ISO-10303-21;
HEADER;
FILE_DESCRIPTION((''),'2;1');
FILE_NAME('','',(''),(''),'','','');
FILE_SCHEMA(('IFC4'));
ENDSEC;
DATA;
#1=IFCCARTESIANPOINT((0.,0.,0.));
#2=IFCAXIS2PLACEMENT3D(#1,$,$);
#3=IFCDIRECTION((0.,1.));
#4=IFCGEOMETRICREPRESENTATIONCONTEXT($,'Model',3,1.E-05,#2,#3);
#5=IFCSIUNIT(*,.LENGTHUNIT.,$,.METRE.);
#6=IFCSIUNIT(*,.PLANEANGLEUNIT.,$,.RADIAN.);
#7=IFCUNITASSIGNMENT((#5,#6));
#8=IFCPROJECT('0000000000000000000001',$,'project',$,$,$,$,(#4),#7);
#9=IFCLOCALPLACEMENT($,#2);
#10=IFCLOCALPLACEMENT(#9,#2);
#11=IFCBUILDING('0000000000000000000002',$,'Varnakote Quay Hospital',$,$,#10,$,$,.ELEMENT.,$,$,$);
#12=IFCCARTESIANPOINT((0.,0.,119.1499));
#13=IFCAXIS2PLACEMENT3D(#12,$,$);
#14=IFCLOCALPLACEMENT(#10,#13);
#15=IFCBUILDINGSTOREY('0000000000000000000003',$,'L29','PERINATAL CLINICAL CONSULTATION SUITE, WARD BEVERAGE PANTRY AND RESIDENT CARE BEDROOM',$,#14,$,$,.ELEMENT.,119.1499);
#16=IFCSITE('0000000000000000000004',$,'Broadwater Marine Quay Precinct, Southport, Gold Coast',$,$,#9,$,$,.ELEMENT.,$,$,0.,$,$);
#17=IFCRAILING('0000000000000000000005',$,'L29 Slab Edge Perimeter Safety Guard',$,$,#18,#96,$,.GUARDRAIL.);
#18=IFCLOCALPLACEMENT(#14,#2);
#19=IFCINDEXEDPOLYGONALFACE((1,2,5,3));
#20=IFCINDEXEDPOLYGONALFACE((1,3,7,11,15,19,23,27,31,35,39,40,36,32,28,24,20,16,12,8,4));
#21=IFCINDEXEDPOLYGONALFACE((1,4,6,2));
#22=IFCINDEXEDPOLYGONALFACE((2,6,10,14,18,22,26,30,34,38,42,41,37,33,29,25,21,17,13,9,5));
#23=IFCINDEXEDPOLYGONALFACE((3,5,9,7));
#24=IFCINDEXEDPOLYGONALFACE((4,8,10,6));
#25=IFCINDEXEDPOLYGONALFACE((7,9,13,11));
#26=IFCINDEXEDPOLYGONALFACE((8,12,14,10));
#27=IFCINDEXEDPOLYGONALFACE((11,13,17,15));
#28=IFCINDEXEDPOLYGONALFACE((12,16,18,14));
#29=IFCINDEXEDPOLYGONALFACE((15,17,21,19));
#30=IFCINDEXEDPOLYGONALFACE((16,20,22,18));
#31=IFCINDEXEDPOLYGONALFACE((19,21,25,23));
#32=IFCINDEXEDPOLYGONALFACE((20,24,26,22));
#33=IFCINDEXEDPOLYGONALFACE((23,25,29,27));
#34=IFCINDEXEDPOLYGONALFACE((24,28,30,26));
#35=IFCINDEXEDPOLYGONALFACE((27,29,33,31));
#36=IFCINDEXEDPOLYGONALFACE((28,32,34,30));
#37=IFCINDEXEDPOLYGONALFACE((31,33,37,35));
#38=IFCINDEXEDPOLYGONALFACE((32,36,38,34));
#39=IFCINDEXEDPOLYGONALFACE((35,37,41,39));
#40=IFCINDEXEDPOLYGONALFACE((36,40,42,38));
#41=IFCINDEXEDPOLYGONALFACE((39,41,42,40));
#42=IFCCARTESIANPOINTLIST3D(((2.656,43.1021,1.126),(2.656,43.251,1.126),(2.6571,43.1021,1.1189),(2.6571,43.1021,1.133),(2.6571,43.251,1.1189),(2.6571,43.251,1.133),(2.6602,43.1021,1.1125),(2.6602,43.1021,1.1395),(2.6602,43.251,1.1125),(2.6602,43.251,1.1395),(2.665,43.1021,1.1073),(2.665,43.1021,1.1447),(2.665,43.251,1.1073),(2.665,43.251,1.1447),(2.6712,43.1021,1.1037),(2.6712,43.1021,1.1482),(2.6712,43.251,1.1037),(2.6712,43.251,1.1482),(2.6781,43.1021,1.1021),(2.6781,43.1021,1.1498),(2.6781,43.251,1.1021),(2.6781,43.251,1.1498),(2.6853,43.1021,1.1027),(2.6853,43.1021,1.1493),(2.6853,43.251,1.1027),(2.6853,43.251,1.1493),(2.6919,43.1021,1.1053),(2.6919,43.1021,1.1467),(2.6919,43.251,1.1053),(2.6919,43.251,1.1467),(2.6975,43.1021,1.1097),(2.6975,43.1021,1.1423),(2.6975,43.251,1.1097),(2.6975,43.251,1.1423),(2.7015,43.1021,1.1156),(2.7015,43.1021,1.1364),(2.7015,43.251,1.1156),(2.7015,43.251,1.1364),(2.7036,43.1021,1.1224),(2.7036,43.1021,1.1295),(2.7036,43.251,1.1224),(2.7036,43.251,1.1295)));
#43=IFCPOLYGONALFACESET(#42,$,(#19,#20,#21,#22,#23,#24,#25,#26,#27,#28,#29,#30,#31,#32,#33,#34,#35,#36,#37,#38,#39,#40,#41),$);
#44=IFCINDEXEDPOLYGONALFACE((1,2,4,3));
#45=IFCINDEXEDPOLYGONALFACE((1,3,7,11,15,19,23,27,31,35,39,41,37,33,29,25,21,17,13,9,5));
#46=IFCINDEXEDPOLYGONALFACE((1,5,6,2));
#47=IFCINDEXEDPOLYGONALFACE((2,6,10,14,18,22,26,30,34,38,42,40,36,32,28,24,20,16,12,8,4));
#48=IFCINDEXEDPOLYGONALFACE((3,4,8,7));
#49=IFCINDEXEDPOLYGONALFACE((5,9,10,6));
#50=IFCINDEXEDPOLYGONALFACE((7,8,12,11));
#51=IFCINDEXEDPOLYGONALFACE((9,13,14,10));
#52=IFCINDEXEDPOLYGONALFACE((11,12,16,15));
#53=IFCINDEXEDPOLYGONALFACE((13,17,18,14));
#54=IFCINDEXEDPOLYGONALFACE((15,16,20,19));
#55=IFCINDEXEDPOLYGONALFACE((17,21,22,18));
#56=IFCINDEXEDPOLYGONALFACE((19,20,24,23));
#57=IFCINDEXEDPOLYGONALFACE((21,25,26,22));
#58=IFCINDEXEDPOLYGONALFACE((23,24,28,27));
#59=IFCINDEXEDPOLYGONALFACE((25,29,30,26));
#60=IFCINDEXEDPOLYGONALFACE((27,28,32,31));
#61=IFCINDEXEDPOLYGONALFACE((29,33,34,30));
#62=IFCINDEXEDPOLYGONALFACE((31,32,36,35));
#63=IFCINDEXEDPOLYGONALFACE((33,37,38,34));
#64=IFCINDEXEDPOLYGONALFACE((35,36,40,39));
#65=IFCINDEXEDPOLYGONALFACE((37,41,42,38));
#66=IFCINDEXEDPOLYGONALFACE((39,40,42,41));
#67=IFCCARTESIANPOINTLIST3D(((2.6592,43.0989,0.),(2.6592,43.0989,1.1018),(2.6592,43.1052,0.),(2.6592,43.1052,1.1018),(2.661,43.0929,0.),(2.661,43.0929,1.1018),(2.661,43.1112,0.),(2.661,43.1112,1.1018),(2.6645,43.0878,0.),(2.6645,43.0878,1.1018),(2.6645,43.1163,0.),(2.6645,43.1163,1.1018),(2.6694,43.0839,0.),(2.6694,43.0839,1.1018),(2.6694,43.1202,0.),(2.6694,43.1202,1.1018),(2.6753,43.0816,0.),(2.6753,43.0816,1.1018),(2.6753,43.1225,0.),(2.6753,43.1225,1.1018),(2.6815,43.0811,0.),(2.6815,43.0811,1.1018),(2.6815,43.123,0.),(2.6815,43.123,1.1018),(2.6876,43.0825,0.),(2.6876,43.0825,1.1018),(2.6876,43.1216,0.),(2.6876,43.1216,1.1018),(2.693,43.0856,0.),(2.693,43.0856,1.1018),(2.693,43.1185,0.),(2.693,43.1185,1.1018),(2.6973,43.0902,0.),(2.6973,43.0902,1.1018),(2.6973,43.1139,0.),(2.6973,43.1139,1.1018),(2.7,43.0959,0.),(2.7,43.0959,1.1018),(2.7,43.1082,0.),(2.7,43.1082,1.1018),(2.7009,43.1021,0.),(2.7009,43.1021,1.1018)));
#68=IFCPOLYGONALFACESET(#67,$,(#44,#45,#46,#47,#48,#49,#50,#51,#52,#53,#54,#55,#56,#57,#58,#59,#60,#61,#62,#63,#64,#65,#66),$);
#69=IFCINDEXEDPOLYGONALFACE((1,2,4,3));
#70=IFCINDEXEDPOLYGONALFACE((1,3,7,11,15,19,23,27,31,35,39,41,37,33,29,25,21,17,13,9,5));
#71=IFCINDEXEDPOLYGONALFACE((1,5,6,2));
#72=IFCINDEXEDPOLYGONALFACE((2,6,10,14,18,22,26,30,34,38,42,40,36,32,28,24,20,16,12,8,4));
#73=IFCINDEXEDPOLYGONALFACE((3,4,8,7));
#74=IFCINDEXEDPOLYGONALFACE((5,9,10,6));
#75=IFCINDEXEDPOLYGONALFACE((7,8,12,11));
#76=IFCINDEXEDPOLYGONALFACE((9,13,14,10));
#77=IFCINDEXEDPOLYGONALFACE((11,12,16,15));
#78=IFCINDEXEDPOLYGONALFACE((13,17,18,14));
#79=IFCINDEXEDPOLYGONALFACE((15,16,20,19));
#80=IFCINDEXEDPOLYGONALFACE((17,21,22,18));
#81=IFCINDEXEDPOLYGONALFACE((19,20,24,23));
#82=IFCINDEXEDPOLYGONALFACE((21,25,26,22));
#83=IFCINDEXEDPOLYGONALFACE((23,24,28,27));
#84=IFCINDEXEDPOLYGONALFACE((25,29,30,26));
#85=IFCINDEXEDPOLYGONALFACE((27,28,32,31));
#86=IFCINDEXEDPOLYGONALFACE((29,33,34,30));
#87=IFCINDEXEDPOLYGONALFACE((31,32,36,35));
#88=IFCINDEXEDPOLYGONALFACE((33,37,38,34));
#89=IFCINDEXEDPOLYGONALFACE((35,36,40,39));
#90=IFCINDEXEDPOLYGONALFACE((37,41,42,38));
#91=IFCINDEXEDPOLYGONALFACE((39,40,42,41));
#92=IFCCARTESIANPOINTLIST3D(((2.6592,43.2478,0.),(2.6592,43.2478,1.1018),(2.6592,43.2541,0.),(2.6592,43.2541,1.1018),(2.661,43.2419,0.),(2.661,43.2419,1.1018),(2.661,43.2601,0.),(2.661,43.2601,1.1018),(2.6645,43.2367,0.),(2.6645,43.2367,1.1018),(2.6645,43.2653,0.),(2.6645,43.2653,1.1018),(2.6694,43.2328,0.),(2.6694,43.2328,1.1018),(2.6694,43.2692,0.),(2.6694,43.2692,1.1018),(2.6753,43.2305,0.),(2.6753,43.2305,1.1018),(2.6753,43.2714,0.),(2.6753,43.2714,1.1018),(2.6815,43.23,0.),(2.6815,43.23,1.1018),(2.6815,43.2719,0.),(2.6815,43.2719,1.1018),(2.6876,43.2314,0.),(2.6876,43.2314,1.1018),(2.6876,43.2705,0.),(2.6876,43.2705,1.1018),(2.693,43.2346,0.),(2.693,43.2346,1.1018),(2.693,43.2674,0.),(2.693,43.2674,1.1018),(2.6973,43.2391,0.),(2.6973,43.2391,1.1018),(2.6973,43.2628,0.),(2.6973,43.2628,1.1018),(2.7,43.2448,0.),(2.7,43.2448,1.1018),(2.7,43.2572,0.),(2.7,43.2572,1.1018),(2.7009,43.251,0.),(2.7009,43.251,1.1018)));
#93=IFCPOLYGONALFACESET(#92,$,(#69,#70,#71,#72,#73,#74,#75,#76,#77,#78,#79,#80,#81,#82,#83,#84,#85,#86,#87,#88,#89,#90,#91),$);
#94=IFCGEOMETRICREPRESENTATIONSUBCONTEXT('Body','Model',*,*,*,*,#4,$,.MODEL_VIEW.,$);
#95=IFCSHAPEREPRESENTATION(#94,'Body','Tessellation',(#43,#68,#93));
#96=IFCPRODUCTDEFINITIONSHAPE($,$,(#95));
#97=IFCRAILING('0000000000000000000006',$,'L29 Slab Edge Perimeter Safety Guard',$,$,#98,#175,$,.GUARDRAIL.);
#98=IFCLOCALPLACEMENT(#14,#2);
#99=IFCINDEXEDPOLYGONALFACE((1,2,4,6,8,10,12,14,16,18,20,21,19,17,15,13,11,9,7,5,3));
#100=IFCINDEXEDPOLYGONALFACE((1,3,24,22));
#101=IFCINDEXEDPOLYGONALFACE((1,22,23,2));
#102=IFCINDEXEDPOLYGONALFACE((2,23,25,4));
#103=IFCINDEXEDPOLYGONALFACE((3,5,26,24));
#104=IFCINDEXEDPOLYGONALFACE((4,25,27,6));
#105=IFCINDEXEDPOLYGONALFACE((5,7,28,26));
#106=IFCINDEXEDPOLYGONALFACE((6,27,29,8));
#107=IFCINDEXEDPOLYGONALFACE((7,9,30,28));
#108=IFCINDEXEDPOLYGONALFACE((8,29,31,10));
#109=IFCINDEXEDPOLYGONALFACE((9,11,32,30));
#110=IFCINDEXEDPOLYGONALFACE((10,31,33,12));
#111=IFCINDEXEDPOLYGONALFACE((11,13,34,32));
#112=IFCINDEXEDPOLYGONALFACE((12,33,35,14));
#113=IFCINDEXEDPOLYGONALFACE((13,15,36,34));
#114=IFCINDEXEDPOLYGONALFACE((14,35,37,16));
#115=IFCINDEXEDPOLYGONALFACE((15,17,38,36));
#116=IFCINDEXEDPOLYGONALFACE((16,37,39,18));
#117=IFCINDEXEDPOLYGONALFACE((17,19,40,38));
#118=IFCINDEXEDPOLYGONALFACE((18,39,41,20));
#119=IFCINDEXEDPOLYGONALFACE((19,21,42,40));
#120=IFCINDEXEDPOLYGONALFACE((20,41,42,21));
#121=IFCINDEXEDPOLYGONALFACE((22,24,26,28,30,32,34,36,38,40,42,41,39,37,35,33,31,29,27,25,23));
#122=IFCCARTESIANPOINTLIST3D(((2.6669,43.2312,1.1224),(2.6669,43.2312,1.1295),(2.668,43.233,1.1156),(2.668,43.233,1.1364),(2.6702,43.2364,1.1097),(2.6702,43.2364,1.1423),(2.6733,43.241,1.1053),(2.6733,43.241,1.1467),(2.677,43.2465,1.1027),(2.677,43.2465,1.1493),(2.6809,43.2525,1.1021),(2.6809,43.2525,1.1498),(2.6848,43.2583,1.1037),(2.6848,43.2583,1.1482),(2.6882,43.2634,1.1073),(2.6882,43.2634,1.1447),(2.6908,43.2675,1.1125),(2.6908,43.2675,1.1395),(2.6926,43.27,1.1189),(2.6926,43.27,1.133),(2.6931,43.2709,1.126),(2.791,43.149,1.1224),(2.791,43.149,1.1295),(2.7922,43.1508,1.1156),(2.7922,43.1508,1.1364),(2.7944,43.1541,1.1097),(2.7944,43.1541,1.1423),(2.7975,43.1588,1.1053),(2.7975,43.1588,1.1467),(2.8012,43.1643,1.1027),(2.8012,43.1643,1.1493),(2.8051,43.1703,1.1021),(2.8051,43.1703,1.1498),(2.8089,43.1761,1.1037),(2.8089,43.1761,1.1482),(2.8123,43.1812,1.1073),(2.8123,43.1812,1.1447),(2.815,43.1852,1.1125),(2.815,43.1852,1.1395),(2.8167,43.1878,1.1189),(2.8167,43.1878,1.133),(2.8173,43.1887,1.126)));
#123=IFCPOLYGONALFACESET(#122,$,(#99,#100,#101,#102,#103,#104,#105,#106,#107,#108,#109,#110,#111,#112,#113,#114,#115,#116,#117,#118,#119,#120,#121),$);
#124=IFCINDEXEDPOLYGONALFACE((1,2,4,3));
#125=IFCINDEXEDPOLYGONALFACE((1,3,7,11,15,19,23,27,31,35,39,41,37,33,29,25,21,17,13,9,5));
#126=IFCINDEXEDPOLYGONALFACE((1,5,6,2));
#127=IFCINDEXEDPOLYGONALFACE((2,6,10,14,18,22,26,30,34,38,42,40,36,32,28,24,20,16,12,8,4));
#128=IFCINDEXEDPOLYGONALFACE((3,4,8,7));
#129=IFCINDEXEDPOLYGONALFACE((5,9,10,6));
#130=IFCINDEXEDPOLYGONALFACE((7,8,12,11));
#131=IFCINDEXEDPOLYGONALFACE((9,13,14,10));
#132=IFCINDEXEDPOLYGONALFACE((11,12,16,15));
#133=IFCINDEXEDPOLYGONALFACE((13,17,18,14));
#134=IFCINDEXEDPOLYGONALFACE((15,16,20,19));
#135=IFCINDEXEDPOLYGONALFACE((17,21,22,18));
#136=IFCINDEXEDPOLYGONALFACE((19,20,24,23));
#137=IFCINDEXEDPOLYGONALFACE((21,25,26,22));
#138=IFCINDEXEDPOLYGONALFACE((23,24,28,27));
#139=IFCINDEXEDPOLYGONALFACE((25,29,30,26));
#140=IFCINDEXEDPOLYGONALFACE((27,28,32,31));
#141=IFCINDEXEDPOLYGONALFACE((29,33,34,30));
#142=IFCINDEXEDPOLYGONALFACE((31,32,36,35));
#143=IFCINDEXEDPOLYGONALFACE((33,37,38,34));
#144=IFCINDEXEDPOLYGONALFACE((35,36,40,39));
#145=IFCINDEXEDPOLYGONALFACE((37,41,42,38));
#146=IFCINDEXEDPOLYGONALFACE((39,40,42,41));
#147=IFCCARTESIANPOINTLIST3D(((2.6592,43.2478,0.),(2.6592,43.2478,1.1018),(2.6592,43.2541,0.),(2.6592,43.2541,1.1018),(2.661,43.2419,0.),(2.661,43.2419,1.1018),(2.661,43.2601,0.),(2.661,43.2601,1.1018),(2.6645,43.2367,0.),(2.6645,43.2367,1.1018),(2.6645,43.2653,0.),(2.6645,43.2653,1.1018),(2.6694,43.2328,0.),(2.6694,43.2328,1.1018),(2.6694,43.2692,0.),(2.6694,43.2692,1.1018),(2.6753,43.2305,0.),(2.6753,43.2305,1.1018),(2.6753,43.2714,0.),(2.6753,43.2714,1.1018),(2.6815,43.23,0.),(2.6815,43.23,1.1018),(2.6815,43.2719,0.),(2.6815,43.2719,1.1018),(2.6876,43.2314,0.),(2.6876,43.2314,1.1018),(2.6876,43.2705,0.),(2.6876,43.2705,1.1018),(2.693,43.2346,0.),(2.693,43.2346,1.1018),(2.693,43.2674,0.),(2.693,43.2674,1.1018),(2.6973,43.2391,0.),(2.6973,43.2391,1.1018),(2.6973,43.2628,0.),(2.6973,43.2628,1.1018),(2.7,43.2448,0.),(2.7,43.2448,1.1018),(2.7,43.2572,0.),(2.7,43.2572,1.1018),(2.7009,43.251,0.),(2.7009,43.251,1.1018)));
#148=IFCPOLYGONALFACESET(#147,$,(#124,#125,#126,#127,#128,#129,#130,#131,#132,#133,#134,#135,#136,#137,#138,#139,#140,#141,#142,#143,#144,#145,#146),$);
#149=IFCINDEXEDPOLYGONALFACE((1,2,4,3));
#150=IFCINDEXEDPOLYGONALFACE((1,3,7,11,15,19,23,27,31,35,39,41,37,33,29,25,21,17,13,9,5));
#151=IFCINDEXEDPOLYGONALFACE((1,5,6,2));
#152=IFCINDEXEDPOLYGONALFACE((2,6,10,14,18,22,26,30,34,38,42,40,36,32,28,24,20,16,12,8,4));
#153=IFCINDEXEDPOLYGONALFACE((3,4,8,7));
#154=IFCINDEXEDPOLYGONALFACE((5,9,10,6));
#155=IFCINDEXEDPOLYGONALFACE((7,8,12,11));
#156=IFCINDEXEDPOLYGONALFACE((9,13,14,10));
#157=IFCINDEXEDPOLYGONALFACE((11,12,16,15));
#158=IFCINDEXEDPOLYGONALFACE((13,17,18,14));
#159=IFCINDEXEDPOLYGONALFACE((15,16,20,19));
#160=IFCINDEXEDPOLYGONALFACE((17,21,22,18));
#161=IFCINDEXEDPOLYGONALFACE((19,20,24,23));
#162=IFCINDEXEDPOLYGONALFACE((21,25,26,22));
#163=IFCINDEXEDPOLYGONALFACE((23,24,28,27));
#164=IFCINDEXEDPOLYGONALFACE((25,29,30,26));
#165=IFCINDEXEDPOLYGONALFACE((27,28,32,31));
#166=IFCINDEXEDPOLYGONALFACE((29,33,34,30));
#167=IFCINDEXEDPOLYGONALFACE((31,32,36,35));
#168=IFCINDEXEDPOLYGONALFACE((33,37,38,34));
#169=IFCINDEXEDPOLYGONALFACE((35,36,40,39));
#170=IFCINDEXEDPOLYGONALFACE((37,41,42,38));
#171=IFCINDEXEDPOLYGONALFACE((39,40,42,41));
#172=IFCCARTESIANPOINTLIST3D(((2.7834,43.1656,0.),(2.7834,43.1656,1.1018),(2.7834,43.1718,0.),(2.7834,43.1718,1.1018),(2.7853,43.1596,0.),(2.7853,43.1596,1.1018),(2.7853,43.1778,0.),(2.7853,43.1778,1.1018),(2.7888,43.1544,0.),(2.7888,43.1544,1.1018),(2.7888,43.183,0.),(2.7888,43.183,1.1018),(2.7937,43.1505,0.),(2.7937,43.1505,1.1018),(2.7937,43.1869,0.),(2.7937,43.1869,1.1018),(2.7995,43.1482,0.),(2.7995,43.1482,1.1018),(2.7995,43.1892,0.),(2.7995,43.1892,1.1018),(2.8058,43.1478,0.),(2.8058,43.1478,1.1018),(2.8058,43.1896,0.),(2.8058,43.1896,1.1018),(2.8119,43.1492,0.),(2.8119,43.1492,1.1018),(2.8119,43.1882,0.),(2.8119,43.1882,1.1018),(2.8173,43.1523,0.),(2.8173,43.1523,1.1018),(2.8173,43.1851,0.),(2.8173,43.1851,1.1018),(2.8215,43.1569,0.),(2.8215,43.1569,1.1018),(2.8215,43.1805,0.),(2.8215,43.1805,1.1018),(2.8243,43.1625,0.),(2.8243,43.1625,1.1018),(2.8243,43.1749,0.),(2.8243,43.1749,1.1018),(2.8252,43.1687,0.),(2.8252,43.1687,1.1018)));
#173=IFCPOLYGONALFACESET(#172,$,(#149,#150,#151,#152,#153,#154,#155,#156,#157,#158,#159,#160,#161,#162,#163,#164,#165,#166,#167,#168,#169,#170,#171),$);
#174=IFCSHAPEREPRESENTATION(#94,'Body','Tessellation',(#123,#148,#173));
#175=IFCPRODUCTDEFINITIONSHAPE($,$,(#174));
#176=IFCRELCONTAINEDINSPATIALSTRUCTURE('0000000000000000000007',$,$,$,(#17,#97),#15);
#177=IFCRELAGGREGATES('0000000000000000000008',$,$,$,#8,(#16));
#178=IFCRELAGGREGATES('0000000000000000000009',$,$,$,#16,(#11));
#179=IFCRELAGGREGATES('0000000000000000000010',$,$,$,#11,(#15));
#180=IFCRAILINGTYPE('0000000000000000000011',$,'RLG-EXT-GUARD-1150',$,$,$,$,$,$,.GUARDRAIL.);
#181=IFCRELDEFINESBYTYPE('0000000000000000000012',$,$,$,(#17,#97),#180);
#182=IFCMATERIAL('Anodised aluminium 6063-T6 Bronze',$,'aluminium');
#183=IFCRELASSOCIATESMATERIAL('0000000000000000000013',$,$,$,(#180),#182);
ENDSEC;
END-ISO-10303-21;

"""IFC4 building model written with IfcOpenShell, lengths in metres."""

from ifc_helpers import new_model, si_unit, direction, frame, origin, origin_2d, place, context, subcontext, project, spatial, circle, extrude, material, type_object, element, save


model = new_model("IFC4")

# Units and contexts
model_context = context("Model", 3, precision=1e-05, world=origin(), true_north=direction((0.0, 1.0)))
body_context = subcontext(model_context, "Body", "Model", "MODEL_VIEW")
ifc_project = project(units=[si_unit("LENGTHUNIT", "METRE"), si_unit("PLANEANGLEUNIT", "RADIAN")], contexts=[model_context])

# Site, building, storey
site_placement = place(None, origin())
site = spatial("IfcSite", under=ifc_project, at=site_placement, Name="Broadwater Marine Quay Precinct, Southport, Gold Coast", CompositionType="ELEMENT", RefElevation=0.0)
building_placement = place(site_placement, origin())
building = spatial("IfcBuilding", under=site, at=building_placement, Name="Varnakote Quay Hospital", CompositionType="ELEMENT")
storey_placement = place(building_placement, frame((0.0, 0.0, 119.1499)))
storey = spatial("IfcBuildingStorey", under=building, at=storey_placement, Name="L29", Description="PERINATAL CLINICAL CONSULTATION SUITE, WARD BEVERAGE PANTRY AND RESIDENT CARE BEDROOM", CompositionType="ELEMENT", Elevation=119.1499)

# Railings
ifc_material_1 = material(Name="Anodised aluminium 6063-T6 Bronze", Category="aluminium")
railing_type = type_object("IfcRailingType", Name="RLG-EXT-GUARD-1150", PredefinedType="GUARDRAIL", material=ifc_material_1)
railing_1_placement = place(storey_placement, frame((2.6799, 43.1021, 0.0)))
element("IfcRailing", 1, at=railing_1_placement, inside=storey, type_object=railing_type, Name="L29 Slab Edge Perimeter Safety Guard", PredefinedType="GUARDRAIL", context=body_context, shape_type="SweptSolid", body=[
    extrude(circle(Radius=0.0239, at=origin_2d()), frame((0.0, 0.0, 1.126), z_axis=(0.0, 1.0, 0.0), x_axis=(-1.0, 0.0, 0.0)), (0.0, 0.0, 1.0), 0.1489),
    extrude(circle(Radius=0.021, at=origin_2d()), origin(), (0.0, 0.0, 1.0), 1.1018),
    extrude(circle(Radius=0.021, at=origin_2d()), frame((0.0, 0.1489, 0.0)), (0.0, 0.0, 1.0), 1.1018),
])
railing_2_placement = place(storey_placement, frame((2.6799, 43.251, 0.0)))
element("IfcRailing", 2, at=railing_2_placement, inside=storey, type_object=railing_type, Name="L29 Slab Edge Perimeter Safety Guard", PredefinedType="GUARDRAIL", context=body_context, shape_type="SweptSolid", body=[
    extrude(circle(Radius=0.0239, at=origin_2d()), frame((0.0, 0.0, 1.126), z_axis=(0.83381, -0.552051, 0.0), x_axis=(0.552051, 0.83381, 0.0)), (0.0, 0.0, 1.0), 0.1489),
    extrude(circle(Radius=0.021, at=origin_2d()), origin(), (0.0, 0.0, 1.0), 1.1018),
    extrude(circle(Radius=0.021, at=origin_2d()), frame((0.1243, -0.0823, 0.0)), (0.0, 0.0, 1.0), 1.1018),
])

save(model, "model.ifc")
